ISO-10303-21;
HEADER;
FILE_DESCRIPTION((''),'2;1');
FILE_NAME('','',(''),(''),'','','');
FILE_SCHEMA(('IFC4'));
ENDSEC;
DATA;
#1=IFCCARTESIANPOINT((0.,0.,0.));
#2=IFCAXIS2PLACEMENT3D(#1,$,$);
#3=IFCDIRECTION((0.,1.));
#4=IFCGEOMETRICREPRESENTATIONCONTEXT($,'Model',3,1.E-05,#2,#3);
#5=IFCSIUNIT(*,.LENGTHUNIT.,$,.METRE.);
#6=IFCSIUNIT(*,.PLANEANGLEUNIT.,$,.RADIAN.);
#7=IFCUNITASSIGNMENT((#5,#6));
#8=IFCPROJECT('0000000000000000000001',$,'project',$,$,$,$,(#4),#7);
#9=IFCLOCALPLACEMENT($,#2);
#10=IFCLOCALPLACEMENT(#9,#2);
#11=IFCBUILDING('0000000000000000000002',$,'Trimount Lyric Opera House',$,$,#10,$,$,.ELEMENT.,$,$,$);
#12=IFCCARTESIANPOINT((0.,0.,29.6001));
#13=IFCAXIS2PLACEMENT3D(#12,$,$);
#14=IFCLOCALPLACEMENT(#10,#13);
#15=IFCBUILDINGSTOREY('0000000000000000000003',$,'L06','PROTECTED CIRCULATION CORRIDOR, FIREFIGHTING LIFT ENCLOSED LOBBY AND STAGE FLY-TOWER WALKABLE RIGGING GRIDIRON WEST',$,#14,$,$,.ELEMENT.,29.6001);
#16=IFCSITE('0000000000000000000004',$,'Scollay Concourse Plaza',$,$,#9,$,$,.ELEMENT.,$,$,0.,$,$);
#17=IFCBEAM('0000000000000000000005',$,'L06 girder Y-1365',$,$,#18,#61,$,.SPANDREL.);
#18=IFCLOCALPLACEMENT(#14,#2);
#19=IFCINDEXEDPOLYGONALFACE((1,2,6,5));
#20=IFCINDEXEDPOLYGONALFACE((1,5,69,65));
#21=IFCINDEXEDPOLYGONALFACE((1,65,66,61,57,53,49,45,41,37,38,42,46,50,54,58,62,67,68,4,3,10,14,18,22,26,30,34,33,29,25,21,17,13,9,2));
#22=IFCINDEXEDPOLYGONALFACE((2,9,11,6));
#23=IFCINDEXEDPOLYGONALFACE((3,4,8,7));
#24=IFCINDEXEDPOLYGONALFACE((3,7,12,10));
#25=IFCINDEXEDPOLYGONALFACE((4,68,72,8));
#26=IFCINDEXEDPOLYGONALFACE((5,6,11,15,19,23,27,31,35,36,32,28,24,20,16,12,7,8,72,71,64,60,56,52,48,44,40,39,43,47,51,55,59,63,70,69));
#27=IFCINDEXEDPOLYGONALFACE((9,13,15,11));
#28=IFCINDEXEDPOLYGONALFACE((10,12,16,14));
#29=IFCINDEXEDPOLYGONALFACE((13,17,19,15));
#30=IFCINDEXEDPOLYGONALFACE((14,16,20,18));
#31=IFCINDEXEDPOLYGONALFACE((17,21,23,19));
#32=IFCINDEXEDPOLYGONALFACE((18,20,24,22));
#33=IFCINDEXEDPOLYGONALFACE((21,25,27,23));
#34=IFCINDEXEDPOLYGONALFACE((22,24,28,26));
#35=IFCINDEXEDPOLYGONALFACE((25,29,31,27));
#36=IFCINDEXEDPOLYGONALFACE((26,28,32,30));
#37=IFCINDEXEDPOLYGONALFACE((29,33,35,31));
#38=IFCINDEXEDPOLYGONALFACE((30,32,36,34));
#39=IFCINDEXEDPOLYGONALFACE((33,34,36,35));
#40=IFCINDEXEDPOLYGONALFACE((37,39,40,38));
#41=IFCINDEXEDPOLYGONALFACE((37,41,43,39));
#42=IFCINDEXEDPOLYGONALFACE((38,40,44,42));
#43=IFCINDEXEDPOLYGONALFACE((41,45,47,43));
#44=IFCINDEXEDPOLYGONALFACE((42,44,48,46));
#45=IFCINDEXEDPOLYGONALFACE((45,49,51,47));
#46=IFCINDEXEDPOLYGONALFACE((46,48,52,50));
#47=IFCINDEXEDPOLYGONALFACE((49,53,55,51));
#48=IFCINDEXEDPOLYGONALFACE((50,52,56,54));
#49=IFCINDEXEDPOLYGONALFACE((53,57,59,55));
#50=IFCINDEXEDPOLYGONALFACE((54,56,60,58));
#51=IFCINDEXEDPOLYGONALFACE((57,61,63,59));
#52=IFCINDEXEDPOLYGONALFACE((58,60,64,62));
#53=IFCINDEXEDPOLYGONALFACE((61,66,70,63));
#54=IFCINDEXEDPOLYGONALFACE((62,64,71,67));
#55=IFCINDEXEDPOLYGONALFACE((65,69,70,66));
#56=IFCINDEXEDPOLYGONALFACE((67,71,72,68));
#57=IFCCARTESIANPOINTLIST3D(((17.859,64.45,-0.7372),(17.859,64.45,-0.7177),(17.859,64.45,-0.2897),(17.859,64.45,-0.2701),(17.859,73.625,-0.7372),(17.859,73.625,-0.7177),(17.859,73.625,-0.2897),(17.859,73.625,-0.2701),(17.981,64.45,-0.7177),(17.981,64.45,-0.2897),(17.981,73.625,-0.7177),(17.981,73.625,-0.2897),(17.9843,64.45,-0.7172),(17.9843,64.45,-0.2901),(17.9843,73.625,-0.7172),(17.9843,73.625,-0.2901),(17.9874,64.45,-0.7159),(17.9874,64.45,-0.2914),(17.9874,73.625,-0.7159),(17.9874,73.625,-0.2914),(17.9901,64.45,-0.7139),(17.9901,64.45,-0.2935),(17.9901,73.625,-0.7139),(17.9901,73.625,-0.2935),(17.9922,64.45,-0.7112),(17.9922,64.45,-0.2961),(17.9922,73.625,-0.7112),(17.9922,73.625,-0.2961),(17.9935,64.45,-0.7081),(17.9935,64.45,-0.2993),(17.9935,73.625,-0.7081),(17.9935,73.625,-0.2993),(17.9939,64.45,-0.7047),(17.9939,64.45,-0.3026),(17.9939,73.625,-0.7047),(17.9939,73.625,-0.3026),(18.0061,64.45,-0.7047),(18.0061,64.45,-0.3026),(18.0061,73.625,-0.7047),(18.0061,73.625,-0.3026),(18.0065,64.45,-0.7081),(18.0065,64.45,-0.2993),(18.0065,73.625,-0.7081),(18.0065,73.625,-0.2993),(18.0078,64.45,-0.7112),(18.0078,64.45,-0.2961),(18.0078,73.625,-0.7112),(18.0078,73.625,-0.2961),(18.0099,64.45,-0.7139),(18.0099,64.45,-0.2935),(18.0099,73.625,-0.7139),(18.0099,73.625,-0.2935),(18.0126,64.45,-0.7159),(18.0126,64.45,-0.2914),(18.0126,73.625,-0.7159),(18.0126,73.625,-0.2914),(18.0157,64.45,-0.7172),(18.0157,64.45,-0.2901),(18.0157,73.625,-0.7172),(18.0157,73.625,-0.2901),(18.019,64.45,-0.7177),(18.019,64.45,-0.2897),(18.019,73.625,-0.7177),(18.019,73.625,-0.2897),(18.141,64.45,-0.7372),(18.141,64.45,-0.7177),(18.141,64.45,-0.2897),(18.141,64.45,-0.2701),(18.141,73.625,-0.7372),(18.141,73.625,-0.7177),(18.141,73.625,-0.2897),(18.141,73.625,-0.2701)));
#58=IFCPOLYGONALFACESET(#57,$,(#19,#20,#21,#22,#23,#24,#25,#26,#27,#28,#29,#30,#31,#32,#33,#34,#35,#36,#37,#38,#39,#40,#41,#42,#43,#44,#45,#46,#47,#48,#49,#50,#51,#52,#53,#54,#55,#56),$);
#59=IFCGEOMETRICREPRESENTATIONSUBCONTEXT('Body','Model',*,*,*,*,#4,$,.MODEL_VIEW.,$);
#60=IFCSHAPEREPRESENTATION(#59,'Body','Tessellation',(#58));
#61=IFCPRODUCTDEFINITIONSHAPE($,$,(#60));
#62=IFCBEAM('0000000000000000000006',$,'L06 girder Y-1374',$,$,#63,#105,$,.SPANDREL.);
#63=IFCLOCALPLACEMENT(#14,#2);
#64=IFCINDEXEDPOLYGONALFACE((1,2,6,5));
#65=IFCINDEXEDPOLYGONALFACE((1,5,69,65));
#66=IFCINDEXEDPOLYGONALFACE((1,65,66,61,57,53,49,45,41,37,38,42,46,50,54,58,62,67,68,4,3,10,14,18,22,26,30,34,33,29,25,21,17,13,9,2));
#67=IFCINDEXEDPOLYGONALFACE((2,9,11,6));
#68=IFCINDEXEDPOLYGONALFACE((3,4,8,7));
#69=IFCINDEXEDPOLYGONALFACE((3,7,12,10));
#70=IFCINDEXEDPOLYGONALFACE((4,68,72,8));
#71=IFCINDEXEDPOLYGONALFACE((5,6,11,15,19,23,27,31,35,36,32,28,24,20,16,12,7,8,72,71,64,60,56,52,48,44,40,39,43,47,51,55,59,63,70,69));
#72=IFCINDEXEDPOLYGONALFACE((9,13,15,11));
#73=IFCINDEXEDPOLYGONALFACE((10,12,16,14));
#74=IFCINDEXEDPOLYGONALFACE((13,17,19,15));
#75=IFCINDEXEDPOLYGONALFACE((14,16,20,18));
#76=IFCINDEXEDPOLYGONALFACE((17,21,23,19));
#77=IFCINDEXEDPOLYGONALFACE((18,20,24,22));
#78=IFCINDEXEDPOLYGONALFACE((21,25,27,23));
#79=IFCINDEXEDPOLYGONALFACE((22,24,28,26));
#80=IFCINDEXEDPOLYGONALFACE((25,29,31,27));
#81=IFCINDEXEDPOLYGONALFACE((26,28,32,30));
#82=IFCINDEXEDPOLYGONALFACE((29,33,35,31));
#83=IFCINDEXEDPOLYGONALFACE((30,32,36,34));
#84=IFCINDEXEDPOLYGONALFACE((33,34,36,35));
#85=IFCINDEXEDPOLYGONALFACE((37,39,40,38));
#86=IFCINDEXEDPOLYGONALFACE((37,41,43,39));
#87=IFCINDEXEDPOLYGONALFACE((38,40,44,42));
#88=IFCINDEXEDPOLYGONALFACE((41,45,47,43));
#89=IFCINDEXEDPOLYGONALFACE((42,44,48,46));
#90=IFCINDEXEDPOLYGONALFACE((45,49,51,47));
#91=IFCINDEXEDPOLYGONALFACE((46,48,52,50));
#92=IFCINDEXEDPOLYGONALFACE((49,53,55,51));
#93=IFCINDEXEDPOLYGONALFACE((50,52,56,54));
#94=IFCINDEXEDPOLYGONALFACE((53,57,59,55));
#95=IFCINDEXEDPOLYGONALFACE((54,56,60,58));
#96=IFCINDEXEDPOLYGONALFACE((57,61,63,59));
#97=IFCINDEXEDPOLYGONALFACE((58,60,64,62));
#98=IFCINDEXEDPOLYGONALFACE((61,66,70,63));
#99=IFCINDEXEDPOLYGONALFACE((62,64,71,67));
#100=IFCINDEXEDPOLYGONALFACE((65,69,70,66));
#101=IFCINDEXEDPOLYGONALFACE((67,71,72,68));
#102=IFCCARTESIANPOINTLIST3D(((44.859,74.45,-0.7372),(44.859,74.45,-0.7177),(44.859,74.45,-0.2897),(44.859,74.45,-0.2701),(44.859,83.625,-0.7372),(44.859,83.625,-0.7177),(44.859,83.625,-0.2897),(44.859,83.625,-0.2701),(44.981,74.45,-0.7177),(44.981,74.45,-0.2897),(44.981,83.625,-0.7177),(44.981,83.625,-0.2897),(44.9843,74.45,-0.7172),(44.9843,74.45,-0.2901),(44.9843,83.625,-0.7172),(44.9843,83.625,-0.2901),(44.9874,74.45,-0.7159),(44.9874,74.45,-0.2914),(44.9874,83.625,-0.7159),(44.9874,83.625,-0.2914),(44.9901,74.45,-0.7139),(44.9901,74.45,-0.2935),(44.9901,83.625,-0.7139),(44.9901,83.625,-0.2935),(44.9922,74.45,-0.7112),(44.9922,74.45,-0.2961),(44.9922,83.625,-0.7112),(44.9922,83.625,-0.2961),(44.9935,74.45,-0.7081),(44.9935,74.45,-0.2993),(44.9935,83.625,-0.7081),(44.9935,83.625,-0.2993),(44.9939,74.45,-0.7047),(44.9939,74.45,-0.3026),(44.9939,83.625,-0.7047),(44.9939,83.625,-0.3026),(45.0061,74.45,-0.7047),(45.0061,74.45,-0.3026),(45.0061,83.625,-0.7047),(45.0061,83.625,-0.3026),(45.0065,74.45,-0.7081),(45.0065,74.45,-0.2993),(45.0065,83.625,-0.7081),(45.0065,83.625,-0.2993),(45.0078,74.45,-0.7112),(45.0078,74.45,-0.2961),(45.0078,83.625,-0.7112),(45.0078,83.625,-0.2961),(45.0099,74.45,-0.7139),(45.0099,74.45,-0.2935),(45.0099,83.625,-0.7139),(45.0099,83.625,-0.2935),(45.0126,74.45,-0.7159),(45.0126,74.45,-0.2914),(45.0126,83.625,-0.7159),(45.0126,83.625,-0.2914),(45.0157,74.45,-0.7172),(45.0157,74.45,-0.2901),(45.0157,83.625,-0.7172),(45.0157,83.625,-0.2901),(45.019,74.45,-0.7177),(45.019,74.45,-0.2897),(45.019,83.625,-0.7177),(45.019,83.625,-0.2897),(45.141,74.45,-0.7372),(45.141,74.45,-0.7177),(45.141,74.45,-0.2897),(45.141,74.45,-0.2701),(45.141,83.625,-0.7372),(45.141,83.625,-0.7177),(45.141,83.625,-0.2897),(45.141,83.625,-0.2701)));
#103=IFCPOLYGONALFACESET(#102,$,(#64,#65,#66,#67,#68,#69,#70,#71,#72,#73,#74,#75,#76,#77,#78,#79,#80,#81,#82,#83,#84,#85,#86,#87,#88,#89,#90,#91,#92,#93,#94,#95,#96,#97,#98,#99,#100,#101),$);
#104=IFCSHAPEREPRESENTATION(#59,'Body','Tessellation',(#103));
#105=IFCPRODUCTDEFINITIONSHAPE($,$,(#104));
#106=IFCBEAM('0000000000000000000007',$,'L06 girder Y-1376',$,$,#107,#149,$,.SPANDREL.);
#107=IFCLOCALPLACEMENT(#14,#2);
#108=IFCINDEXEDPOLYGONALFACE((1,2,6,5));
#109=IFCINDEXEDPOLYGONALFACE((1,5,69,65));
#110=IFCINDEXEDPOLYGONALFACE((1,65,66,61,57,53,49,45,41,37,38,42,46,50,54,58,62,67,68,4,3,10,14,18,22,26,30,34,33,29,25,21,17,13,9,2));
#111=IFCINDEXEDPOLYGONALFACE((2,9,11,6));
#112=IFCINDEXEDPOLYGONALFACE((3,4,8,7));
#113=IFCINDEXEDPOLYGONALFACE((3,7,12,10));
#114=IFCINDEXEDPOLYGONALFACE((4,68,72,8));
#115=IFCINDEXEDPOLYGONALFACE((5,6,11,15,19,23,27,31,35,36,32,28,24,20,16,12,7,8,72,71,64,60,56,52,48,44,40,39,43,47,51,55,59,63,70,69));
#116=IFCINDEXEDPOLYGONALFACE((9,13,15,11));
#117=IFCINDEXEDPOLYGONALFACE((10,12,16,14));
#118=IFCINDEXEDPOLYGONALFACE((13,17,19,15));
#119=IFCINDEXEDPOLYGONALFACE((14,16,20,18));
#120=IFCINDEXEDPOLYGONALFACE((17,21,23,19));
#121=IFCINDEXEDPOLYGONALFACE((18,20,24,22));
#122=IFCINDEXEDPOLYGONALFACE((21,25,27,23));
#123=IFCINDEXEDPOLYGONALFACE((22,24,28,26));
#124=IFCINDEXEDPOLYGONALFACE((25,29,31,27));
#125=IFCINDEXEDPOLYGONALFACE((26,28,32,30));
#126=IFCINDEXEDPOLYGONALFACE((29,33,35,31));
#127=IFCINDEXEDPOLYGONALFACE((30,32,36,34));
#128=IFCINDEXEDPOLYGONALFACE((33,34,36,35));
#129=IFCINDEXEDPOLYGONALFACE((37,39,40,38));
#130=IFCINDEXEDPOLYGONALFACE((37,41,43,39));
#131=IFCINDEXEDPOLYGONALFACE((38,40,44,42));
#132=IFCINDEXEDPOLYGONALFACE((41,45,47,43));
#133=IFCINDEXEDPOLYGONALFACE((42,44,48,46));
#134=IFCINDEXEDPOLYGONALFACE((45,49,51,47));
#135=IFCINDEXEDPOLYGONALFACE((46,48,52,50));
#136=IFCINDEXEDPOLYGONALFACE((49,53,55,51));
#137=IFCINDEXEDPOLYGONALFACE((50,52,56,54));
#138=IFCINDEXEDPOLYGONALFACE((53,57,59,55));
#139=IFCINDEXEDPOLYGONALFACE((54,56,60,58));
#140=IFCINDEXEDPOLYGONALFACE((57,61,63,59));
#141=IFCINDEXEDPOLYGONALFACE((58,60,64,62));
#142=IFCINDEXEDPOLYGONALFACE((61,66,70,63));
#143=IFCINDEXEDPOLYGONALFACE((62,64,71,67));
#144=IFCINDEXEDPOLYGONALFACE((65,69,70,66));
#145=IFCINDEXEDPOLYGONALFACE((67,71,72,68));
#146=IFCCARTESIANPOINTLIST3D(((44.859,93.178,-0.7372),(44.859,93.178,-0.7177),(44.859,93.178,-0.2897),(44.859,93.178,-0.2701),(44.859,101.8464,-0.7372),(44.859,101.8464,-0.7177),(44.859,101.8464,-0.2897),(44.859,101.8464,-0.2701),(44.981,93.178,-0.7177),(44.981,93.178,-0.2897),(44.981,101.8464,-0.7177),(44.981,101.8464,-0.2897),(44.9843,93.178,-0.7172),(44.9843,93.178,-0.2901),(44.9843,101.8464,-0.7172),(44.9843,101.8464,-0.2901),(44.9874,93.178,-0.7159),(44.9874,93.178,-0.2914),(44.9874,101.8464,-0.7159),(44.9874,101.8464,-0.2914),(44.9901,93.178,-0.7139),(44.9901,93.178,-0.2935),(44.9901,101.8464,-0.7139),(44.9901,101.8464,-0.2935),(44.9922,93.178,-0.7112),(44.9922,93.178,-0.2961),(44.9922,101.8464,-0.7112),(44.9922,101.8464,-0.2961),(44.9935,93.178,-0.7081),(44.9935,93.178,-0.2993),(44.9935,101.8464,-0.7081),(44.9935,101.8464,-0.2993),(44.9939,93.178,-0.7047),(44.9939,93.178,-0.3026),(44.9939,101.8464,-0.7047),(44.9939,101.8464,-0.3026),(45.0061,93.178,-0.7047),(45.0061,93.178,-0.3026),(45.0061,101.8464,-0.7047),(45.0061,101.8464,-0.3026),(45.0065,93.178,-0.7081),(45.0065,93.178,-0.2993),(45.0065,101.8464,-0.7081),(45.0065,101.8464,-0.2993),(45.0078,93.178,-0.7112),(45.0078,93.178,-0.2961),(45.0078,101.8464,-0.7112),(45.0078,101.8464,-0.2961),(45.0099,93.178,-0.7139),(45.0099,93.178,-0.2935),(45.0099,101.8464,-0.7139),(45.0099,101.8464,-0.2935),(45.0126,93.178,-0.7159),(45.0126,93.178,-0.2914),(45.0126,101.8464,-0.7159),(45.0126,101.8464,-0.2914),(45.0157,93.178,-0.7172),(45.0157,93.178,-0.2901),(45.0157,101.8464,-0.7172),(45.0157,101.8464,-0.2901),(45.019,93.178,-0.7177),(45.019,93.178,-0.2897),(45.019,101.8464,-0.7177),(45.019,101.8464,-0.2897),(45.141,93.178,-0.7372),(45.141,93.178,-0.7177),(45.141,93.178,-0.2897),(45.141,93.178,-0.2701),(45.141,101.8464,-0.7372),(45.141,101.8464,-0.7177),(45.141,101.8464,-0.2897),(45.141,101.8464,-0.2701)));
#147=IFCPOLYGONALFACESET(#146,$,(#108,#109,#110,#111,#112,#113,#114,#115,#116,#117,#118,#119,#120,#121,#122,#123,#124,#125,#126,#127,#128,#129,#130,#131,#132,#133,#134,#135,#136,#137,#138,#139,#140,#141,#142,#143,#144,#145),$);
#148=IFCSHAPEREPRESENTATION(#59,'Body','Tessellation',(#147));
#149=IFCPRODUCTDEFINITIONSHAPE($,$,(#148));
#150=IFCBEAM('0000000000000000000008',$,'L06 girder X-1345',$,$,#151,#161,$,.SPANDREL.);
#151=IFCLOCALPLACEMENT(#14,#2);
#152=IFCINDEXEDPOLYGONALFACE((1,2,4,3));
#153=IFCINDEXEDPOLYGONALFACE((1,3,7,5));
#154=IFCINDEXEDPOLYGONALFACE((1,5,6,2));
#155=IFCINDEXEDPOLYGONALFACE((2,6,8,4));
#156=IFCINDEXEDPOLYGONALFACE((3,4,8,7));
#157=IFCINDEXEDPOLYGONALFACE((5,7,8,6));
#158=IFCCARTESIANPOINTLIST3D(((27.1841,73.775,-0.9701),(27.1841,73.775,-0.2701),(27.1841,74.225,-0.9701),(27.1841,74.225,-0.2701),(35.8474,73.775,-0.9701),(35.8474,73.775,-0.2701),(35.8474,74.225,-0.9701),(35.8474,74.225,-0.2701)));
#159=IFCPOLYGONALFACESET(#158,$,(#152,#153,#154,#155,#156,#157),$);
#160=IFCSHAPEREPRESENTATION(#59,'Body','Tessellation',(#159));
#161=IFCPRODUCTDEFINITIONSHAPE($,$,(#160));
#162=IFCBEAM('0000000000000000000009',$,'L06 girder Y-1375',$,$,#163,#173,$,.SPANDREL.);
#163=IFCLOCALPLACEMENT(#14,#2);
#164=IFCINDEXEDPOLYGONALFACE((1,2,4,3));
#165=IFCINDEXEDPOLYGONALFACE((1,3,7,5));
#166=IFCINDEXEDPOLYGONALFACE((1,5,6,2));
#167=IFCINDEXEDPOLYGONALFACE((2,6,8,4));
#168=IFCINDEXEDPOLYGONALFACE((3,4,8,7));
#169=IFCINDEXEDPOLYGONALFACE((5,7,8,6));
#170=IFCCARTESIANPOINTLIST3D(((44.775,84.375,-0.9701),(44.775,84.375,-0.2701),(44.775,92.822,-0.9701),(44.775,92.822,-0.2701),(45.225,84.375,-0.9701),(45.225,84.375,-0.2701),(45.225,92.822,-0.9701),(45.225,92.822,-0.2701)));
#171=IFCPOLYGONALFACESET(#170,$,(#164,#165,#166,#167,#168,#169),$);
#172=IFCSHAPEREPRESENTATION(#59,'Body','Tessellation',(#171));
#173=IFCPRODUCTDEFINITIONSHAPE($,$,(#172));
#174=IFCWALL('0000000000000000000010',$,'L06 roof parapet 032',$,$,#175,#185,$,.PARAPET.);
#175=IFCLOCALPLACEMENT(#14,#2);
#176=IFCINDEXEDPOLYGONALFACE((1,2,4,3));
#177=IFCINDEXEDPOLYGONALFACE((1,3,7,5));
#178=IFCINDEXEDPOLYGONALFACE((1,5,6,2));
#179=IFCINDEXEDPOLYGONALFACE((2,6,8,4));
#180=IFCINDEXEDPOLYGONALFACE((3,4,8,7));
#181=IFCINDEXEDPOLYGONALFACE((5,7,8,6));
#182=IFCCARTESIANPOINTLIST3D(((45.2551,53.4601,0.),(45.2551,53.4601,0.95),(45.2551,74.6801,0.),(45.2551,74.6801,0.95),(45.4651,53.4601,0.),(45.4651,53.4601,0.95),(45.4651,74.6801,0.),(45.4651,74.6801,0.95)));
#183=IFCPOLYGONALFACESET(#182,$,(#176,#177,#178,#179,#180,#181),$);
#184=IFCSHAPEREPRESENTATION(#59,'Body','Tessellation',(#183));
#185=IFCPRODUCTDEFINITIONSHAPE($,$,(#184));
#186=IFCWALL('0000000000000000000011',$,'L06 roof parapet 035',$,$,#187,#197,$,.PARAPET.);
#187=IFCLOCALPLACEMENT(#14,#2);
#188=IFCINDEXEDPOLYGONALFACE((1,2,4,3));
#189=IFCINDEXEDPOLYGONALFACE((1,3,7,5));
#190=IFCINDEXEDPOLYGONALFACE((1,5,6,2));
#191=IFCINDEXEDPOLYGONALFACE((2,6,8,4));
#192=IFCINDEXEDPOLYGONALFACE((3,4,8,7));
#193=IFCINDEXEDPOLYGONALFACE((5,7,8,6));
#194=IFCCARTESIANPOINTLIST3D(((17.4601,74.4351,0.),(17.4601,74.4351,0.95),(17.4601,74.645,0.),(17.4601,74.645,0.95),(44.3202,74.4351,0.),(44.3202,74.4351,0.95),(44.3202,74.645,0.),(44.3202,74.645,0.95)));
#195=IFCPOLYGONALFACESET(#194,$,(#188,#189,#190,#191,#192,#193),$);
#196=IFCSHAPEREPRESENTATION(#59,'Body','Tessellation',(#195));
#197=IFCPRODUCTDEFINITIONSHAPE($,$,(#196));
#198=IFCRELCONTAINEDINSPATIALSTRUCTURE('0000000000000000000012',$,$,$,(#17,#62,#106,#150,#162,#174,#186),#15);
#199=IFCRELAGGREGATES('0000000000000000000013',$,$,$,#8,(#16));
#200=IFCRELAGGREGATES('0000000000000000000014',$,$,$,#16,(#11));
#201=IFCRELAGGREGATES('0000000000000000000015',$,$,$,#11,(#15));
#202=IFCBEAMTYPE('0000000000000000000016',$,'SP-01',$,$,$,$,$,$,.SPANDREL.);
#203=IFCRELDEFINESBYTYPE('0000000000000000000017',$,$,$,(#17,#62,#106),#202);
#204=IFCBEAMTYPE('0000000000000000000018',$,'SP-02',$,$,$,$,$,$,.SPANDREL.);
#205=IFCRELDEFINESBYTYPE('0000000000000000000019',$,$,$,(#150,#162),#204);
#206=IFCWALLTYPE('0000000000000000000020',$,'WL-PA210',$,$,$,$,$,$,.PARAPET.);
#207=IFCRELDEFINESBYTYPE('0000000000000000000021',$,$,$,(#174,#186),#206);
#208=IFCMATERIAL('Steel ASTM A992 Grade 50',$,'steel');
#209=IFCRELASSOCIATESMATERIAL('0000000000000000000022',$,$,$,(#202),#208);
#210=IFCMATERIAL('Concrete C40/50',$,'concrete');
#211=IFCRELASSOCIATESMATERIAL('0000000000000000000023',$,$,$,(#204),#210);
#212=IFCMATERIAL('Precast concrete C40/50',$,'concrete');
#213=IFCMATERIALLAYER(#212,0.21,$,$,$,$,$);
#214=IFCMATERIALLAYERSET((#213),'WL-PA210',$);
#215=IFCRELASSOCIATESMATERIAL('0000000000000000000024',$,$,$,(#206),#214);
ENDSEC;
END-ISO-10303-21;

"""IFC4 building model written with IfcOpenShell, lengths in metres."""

from ifc_helpers import new_model, si_unit, direction, frame, frame_2d, origin, origin_2d, place, context, subcontext, project, spatial, rectangle, i_section, extrude, material, layer, layer_set, material_profile, profile_set, type_object, element, save


model = new_model("IFC4")

# Units and contexts
model_context = context("Model", 3, precision=1e-05, world=origin(), true_north=direction((0.0, 1.0)))
body_context = subcontext(model_context, "Body", "Model", "MODEL_VIEW")
ifc_project = project(units=[si_unit("LENGTHUNIT", "METRE"), si_unit("PLANEANGLEUNIT", "RADIAN")], contexts=[model_context])

# Site, building, storey
site_placement = place(None, origin())
site = spatial("IfcSite", under=ifc_project, at=site_placement, Name="Scollay Concourse Plaza", CompositionType="ELEMENT", RefElevation=0.0)
building_placement = place(site_placement, origin())
building = spatial("IfcBuilding", under=site, at=building_placement, Name="Trimount Lyric Opera House", CompositionType="ELEMENT")
storey_placement = place(building_placement, frame((0.0, 0.0, 29.6001)))
storey = spatial("IfcBuildingStorey", under=building, at=storey_placement, Name="L06", Description="PROTECTED CIRCULATION CORRIDOR, FIREFIGHTING LIFT ENCLOSED LOBBY AND STAGE FLY-TOWER WALKABLE RIGGING GRIDIRON WEST", CompositionType="ELEMENT", Elevation=29.6001)

# Beams
ifc_material_1 = material(Name="Steel ASTM A992 Grade 50", Category="steel")
ifc_material_profile_1 = material_profile(ifc_material_1, i_section(OverallWidth=0.282, OverallDepth=0.467, WebThickness=0.0122, FlangeThickness=0.0195, FilletRadius=0.0129, at=origin_2d()), Name="W18X86")
ifc_profile_set_1 = profile_set([ifc_material_profile_1], Name="Steel ASTM A992 Grade 50")
beam_type_1 = type_object("IfcBeamType", Name="SP-01", PredefinedType="SPANDREL", material=ifc_profile_set_1)
for number, where, z_axis, x_axis, name in (
    (1, (18.0, 64.45, -0.5037), (0.0, 1.0, 0.0), (-1.0, 0.0, 0.0), "L06 girder Y-1365"),
    (2, (45.0, 74.45, -0.5037), (0.0, 1.0, 0.0), (-1.0, 0.0, 0.0), "L06 girder Y-1374"),
):
    element("IfcBeam", number, at=place(storey_placement, frame(where, z_axis=z_axis, x_axis=x_axis)), inside=storey, type_object=beam_type_1, Name=name, PredefinedType="SPANDREL", context=body_context, shape_type="SweptSolid", body=[
        extrude(i_section(OverallWidth=0.282, OverallDepth=0.467, WebThickness=0.0122, FlangeThickness=0.0195, FilletRadius=0.0129, at=origin_2d()), origin(), (0.0, 0.0, 1.0), 9.175),
    ])
beam_1_placement = place(storey_placement, frame((45.0, 93.178, -0.5037), z_axis=(0.0, 1.0, 0.0), x_axis=(-1.0, 0.0, 0.0)))
element("IfcBeam", 3, at=beam_1_placement, inside=storey, type_object=beam_type_1, Name="L06 girder Y-1376", PredefinedType="SPANDREL", context=body_context, shape_type="SweptSolid", body=[
    extrude(i_section(OverallWidth=0.282, OverallDepth=0.467, WebThickness=0.0122, FlangeThickness=0.0195, FilletRadius=0.0129, at=origin_2d()), origin(), (0.0, 0.0, 1.0), 8.6685),
])
ifc_material_2 = material(Name="Concrete C40/50", Category="concrete")
ifc_material_profile_2 = material_profile(ifc_material_2, rectangle(XDim=0.45, YDim=0.7, at=origin_2d()), Name="RC450X700")
ifc_profile_set_2 = profile_set([ifc_material_profile_2], Name="Concrete C40/50")
beam_type_2 = type_object("IfcBeamType", Name="SP-02", PredefinedType="SPANDREL", material=ifc_profile_set_2)
beam_2_placement = place(storey_placement, frame((27.1841, 74.0, -0.6201), z_axis=(1.0, 0.0, 0.0), x_axis=(0.0, 1.0, 0.0)))
element("IfcBeam", 4, at=beam_2_placement, inside=storey, type_object=beam_type_2, Name="L06 girder X-1345", PredefinedType="SPANDREL", context=body_context, shape_type="SweptSolid", body=[
    extrude(rectangle(XDim=0.45, YDim=0.7, at=origin_2d()), origin(), (0.0, 0.0, 1.0), 8.6633),
])
beam_3_placement = place(storey_placement, frame((45.0, 84.375, -0.6201), z_axis=(0.0, 1.0, 0.0), x_axis=(-1.0, 0.0, 0.0)))
element("IfcBeam", 5, at=beam_3_placement, inside=storey, type_object=beam_type_2, Name="L06 girder Y-1375", PredefinedType="SPANDREL", context=body_context, shape_type="SweptSolid", body=[
    extrude(rectangle(XDim=0.45, YDim=0.7, at=origin_2d()), origin(), (0.0, 0.0, 1.0), 8.447),
])

# Walls
ifc_material_3 = material(Name="Precast concrete C40/50", Category="concrete")
ifc_layer_1 = layer(ifc_material_3, 0.21)
ifc_layer_set_1 = layer_set([ifc_layer_1], Name="WL-PA210")
wall_type_1 = type_object("IfcWallType", Name="WL-PA210", PredefinedType="PARAPET", material=ifc_layer_set_1)
wall_1_placement = place(storey_placement, frame((45.3601, 74.6799, 0.0), z_axis=(0.0, 0.0, 1.0), x_axis=(0.0, -1.0, 0.0)))
element("IfcWall", 6, at=wall_1_placement, inside=storey, type_object=wall_type_1, Name="L06 roof parapet 032", PredefinedType="PARAPET", context=body_context, shape_type="SweptSolid", body=[
    extrude(rectangle(XDim=21.22, YDim=0.21, at=frame_2d((10.6099, 0.0))), origin(), (0.0, 0.0, 1.0), 0.95),
])
wall_2_placement = place(storey_placement, frame((17.46, 74.54, 0.0), z_axis=(0.0, 0.0, 1.0), x_axis=(1.0, 0.0, 0.0)))
element("IfcWall", 7, at=wall_2_placement, inside=storey, type_object=wall_type_1, Name="L06 roof parapet 035", PredefinedType="PARAPET", context=body_context, shape_type="SweptSolid", body=[
    extrude(rectangle(XDim=26.8601, YDim=0.21, at=frame_2d((13.4302, 0.0))), origin(), (0.0, 0.0, 1.0), 0.95),
])

save(model, "model.ifc")
